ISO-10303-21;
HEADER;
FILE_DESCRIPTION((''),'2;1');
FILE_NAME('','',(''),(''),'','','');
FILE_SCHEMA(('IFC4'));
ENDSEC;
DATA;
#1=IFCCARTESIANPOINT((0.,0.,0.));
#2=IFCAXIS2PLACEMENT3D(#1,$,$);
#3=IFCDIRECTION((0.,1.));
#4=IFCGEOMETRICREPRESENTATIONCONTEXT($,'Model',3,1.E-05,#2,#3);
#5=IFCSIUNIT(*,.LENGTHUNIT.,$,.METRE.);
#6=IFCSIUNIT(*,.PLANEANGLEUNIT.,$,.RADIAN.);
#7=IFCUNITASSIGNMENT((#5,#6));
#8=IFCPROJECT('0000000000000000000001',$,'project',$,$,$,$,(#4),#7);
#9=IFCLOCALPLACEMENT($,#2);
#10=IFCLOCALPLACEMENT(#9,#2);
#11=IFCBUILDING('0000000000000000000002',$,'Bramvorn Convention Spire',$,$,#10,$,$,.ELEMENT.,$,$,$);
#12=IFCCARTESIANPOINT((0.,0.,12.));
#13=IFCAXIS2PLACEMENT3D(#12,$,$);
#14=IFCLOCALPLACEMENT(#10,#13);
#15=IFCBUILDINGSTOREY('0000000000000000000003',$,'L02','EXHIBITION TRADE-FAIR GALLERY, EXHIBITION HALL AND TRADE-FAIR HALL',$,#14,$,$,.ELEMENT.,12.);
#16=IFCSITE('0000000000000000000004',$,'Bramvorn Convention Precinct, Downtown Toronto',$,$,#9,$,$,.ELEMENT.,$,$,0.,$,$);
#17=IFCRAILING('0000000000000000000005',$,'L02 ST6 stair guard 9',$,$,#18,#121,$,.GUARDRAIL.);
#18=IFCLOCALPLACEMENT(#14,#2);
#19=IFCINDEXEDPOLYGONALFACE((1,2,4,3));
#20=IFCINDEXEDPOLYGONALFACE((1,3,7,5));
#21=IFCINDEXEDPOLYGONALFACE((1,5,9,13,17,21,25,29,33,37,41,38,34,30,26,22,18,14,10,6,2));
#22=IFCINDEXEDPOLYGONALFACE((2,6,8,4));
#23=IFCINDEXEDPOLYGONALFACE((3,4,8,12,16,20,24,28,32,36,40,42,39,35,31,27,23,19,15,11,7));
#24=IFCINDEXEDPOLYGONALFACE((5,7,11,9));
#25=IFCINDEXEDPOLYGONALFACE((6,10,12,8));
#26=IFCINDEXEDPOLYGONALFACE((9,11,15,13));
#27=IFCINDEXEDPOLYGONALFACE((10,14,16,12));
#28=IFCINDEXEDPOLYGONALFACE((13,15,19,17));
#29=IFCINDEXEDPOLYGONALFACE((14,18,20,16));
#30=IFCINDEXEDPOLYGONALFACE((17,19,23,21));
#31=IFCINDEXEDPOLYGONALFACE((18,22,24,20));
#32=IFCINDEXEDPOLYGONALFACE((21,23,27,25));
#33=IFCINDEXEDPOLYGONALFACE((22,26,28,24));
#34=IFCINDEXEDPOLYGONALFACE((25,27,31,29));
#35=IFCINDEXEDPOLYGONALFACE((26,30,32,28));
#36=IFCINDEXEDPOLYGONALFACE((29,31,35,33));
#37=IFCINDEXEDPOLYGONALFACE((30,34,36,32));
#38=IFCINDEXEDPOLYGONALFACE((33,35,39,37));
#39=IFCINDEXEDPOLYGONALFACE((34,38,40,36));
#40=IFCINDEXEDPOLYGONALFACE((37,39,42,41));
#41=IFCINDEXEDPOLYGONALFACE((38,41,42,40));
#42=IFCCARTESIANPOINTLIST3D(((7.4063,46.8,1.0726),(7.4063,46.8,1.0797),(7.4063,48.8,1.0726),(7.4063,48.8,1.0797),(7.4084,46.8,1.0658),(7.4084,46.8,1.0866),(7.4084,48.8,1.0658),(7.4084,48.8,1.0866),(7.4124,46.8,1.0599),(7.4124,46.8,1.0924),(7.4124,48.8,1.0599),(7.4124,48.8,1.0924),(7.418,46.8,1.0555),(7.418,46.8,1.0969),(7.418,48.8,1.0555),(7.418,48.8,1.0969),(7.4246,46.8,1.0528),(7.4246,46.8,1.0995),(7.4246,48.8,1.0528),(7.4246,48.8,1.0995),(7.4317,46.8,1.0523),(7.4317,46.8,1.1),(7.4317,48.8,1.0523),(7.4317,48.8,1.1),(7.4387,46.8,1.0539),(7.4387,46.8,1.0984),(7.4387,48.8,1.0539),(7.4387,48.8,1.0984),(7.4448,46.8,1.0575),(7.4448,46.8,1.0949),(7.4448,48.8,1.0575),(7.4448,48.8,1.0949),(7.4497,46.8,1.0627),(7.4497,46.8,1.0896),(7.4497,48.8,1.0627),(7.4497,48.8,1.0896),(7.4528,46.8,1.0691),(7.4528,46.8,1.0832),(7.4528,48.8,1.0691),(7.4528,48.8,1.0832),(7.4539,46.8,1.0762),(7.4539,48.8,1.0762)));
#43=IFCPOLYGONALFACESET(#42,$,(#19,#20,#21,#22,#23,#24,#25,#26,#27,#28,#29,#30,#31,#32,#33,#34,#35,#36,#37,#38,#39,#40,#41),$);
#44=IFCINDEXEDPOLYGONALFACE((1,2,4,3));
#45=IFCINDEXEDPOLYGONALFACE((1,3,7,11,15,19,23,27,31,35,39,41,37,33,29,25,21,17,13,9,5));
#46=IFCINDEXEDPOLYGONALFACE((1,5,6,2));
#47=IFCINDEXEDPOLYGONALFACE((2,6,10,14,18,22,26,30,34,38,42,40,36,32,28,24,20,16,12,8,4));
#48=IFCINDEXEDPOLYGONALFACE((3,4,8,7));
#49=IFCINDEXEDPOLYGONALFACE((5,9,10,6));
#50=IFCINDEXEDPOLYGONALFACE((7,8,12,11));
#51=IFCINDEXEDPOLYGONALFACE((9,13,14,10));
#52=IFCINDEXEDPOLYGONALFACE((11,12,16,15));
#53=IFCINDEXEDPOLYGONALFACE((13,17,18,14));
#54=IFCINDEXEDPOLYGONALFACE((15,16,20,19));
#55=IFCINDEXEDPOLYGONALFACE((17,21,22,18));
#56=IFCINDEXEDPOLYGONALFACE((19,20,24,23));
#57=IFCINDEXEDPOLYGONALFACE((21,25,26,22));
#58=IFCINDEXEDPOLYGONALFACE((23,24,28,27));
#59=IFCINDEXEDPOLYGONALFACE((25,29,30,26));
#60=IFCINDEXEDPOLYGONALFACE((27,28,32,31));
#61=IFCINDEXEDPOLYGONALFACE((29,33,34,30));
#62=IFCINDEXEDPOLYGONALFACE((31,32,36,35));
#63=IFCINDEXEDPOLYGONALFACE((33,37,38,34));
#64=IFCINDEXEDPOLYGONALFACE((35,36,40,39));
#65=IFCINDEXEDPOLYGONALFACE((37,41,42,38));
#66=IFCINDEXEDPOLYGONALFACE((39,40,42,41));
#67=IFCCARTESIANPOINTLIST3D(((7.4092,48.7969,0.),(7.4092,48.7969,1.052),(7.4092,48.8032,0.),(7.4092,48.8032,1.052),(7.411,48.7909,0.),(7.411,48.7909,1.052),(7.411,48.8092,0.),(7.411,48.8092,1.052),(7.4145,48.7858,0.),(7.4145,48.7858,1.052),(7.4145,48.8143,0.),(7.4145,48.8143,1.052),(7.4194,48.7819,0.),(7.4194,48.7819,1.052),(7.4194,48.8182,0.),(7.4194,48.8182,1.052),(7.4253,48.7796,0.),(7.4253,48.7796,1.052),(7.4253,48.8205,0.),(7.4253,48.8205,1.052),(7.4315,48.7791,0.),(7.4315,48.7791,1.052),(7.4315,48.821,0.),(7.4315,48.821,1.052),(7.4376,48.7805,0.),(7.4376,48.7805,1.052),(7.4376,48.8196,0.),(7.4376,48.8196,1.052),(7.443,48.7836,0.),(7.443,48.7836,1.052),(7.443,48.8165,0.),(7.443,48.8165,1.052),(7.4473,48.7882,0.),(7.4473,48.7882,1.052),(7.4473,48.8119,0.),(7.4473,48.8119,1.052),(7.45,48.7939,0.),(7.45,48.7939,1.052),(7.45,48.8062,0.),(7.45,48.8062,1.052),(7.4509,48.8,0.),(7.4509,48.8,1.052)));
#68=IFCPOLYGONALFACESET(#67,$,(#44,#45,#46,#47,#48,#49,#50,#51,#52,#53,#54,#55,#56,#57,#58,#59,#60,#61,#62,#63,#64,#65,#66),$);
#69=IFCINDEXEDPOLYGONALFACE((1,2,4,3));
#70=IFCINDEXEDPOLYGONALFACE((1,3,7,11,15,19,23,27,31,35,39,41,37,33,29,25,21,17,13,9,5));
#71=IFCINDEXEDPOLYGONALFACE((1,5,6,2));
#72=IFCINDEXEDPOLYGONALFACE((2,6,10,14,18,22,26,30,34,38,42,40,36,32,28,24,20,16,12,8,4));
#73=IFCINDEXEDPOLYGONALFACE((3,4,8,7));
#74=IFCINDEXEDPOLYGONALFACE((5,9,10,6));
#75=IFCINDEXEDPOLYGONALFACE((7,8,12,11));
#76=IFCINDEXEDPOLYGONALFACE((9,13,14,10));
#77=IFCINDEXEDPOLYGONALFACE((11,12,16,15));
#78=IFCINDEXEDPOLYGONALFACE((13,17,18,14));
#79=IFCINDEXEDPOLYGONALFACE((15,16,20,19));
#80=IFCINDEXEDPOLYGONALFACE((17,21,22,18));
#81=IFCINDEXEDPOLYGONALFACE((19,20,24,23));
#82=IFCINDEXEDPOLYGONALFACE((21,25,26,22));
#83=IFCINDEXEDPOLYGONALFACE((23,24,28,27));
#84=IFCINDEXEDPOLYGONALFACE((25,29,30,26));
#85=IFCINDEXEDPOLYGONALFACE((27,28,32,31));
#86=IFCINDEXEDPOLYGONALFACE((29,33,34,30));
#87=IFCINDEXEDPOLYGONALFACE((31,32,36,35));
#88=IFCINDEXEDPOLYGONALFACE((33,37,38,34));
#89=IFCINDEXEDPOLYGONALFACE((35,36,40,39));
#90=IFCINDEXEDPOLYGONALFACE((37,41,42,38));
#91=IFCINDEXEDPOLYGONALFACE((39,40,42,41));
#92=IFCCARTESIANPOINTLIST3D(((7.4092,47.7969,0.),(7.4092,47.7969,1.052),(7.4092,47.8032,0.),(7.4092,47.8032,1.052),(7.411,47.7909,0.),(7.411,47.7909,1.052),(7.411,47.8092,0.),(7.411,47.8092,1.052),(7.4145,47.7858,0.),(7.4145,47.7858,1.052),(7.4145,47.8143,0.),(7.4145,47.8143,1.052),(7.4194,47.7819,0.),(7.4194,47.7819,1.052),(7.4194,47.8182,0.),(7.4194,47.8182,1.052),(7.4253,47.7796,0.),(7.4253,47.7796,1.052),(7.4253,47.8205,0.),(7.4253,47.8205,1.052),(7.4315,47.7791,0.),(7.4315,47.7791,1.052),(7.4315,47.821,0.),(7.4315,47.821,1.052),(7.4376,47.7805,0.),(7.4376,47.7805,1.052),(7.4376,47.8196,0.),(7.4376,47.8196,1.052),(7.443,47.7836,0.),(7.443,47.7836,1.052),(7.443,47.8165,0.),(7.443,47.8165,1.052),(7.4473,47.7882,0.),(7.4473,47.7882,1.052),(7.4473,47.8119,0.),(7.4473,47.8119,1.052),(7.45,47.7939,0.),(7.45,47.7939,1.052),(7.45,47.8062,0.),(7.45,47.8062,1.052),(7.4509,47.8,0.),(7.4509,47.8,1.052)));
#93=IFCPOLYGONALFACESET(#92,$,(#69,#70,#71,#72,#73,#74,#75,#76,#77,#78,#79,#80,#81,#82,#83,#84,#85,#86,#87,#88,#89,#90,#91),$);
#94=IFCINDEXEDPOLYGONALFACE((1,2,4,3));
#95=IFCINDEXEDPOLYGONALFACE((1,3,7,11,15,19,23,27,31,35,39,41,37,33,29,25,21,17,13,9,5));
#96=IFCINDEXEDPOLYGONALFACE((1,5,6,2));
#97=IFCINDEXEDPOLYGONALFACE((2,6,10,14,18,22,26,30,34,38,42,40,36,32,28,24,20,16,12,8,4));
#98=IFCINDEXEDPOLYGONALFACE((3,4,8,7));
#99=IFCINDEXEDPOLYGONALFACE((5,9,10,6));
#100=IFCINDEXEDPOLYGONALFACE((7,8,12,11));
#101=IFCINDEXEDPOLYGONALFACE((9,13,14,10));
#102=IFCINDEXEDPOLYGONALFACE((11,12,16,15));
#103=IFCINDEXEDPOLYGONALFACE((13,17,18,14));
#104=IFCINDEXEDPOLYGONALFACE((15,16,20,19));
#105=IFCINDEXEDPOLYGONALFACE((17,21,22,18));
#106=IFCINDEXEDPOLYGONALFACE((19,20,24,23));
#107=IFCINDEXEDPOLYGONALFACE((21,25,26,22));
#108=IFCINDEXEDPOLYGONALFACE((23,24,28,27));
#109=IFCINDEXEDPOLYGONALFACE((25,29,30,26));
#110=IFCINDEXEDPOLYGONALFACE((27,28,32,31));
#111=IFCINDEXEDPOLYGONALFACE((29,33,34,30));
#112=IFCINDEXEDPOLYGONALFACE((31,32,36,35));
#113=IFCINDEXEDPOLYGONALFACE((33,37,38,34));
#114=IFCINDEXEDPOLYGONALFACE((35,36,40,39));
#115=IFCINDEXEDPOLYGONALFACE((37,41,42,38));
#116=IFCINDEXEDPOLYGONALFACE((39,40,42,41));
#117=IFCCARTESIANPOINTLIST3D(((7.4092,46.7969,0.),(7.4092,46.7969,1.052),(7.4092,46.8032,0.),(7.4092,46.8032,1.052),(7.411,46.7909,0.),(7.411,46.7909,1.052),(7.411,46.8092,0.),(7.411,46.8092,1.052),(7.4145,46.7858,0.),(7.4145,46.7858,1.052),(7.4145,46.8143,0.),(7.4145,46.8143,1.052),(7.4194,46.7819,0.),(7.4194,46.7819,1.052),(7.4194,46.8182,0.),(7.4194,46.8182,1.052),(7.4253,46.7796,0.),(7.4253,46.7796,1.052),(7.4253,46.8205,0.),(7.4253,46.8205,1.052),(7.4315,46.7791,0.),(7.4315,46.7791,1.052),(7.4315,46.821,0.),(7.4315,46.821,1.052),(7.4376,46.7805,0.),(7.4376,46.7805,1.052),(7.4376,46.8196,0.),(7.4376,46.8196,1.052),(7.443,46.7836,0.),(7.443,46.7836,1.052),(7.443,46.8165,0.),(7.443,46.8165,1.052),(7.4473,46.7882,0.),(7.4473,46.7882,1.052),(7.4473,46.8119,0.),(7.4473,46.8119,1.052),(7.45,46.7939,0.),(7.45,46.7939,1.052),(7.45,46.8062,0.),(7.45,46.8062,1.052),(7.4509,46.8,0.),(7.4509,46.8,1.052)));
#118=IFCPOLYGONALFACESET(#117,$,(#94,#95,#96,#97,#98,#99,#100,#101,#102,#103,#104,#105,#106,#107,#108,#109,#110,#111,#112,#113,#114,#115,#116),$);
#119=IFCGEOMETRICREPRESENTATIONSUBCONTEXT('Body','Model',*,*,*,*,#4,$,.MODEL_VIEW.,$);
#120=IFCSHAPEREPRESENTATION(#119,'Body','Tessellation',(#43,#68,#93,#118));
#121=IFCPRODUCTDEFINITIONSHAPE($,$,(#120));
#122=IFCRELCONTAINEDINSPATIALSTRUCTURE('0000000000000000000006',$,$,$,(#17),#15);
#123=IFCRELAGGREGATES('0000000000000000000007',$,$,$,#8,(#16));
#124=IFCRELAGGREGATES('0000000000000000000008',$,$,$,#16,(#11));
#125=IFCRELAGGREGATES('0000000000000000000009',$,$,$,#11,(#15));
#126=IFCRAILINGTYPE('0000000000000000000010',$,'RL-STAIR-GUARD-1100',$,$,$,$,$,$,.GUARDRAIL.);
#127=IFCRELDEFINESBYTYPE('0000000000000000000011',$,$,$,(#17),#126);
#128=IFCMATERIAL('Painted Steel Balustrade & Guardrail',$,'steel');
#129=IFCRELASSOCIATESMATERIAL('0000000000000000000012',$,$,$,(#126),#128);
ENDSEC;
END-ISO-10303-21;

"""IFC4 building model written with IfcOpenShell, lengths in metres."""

from ifc_helpers import new_model, si_unit, direction, frame, origin, origin_2d, place, context, subcontext, project, spatial, circle, extrude, material, type_object, element, save


model = new_model("IFC4")

# Units and contexts
model_context = context("Model", 3, precision=1e-05, world=origin(), true_north=direction((0.0, 1.0)))
body_context = subcontext(model_context, "Body", "Model", "MODEL_VIEW")
ifc_project = project(units=[si_unit("LENGTHUNIT", "METRE"), si_unit("PLANEANGLEUNIT", "RADIAN")], contexts=[model_context])

# Site, building, storey
site_placement = place(None, origin())
site = spatial("IfcSite", under=ifc_project, at=site_placement, Name="Bramvorn Convention Precinct, Downtown Toronto", CompositionType="ELEMENT", RefElevation=0.0)
building_placement = place(site_placement, origin())
building = spatial("IfcBuilding", under=site, at=building_placement, Name="Bramvorn Convention Spire", CompositionType="ELEMENT")
storey_placement = place(building_placement, frame((0.0, 0.0, 12.0)))
storey = spatial("IfcBuildingStorey", under=building, at=storey_placement, Name="L02", Description="EXHIBITION TRADE-FAIR GALLERY, EXHIBITION HALL AND TRADE-FAIR HALL", CompositionType="ELEMENT", Elevation=12.0)

# Railing
ifc_material_1 = material(Name="Painted Steel Balustrade & Guardrail", Category="steel")
railing_type_1 = type_object("IfcRailingType", Name="RL-STAIR-GUARD-1100", PredefinedType="GUARDRAIL", material=ifc_material_1)
for number, where, name in (
    (1, (7.4299, 48.8, 0.0), "L02 ST6 stair guard 9"),
):
    element("IfcRailing", number, at=place(storey_placement, frame(where)), inside=storey, type_object=railing_type_1, Name=name, PredefinedType="GUARDRAIL", context=body_context, shape_type="SweptSolid", body=[
        extrude(circle(Radius=0.0239, at=origin_2d()), frame((0.0, 0.0, 1.0762), z_axis=(0.0, -1.0, 0.0), x_axis=(1.0, 0.0, 0.0)), (0.0, 0.0, 1.0), 2.0),
        extrude(circle(Radius=0.021, at=origin_2d()), origin(), (0.0, 0.0, 1.0), 1.052),
        extrude(circle(Radius=0.021, at=origin_2d()), frame((0.0, -1.0, 0.0)), (0.0, 0.0, 1.0), 1.052),
        extrude(circle(Radius=0.021, at=origin_2d()), frame((0.0, -2.0, 0.0)), (0.0, 0.0, 1.0), 1.052),
    ])

save(model, "model.ifc")
